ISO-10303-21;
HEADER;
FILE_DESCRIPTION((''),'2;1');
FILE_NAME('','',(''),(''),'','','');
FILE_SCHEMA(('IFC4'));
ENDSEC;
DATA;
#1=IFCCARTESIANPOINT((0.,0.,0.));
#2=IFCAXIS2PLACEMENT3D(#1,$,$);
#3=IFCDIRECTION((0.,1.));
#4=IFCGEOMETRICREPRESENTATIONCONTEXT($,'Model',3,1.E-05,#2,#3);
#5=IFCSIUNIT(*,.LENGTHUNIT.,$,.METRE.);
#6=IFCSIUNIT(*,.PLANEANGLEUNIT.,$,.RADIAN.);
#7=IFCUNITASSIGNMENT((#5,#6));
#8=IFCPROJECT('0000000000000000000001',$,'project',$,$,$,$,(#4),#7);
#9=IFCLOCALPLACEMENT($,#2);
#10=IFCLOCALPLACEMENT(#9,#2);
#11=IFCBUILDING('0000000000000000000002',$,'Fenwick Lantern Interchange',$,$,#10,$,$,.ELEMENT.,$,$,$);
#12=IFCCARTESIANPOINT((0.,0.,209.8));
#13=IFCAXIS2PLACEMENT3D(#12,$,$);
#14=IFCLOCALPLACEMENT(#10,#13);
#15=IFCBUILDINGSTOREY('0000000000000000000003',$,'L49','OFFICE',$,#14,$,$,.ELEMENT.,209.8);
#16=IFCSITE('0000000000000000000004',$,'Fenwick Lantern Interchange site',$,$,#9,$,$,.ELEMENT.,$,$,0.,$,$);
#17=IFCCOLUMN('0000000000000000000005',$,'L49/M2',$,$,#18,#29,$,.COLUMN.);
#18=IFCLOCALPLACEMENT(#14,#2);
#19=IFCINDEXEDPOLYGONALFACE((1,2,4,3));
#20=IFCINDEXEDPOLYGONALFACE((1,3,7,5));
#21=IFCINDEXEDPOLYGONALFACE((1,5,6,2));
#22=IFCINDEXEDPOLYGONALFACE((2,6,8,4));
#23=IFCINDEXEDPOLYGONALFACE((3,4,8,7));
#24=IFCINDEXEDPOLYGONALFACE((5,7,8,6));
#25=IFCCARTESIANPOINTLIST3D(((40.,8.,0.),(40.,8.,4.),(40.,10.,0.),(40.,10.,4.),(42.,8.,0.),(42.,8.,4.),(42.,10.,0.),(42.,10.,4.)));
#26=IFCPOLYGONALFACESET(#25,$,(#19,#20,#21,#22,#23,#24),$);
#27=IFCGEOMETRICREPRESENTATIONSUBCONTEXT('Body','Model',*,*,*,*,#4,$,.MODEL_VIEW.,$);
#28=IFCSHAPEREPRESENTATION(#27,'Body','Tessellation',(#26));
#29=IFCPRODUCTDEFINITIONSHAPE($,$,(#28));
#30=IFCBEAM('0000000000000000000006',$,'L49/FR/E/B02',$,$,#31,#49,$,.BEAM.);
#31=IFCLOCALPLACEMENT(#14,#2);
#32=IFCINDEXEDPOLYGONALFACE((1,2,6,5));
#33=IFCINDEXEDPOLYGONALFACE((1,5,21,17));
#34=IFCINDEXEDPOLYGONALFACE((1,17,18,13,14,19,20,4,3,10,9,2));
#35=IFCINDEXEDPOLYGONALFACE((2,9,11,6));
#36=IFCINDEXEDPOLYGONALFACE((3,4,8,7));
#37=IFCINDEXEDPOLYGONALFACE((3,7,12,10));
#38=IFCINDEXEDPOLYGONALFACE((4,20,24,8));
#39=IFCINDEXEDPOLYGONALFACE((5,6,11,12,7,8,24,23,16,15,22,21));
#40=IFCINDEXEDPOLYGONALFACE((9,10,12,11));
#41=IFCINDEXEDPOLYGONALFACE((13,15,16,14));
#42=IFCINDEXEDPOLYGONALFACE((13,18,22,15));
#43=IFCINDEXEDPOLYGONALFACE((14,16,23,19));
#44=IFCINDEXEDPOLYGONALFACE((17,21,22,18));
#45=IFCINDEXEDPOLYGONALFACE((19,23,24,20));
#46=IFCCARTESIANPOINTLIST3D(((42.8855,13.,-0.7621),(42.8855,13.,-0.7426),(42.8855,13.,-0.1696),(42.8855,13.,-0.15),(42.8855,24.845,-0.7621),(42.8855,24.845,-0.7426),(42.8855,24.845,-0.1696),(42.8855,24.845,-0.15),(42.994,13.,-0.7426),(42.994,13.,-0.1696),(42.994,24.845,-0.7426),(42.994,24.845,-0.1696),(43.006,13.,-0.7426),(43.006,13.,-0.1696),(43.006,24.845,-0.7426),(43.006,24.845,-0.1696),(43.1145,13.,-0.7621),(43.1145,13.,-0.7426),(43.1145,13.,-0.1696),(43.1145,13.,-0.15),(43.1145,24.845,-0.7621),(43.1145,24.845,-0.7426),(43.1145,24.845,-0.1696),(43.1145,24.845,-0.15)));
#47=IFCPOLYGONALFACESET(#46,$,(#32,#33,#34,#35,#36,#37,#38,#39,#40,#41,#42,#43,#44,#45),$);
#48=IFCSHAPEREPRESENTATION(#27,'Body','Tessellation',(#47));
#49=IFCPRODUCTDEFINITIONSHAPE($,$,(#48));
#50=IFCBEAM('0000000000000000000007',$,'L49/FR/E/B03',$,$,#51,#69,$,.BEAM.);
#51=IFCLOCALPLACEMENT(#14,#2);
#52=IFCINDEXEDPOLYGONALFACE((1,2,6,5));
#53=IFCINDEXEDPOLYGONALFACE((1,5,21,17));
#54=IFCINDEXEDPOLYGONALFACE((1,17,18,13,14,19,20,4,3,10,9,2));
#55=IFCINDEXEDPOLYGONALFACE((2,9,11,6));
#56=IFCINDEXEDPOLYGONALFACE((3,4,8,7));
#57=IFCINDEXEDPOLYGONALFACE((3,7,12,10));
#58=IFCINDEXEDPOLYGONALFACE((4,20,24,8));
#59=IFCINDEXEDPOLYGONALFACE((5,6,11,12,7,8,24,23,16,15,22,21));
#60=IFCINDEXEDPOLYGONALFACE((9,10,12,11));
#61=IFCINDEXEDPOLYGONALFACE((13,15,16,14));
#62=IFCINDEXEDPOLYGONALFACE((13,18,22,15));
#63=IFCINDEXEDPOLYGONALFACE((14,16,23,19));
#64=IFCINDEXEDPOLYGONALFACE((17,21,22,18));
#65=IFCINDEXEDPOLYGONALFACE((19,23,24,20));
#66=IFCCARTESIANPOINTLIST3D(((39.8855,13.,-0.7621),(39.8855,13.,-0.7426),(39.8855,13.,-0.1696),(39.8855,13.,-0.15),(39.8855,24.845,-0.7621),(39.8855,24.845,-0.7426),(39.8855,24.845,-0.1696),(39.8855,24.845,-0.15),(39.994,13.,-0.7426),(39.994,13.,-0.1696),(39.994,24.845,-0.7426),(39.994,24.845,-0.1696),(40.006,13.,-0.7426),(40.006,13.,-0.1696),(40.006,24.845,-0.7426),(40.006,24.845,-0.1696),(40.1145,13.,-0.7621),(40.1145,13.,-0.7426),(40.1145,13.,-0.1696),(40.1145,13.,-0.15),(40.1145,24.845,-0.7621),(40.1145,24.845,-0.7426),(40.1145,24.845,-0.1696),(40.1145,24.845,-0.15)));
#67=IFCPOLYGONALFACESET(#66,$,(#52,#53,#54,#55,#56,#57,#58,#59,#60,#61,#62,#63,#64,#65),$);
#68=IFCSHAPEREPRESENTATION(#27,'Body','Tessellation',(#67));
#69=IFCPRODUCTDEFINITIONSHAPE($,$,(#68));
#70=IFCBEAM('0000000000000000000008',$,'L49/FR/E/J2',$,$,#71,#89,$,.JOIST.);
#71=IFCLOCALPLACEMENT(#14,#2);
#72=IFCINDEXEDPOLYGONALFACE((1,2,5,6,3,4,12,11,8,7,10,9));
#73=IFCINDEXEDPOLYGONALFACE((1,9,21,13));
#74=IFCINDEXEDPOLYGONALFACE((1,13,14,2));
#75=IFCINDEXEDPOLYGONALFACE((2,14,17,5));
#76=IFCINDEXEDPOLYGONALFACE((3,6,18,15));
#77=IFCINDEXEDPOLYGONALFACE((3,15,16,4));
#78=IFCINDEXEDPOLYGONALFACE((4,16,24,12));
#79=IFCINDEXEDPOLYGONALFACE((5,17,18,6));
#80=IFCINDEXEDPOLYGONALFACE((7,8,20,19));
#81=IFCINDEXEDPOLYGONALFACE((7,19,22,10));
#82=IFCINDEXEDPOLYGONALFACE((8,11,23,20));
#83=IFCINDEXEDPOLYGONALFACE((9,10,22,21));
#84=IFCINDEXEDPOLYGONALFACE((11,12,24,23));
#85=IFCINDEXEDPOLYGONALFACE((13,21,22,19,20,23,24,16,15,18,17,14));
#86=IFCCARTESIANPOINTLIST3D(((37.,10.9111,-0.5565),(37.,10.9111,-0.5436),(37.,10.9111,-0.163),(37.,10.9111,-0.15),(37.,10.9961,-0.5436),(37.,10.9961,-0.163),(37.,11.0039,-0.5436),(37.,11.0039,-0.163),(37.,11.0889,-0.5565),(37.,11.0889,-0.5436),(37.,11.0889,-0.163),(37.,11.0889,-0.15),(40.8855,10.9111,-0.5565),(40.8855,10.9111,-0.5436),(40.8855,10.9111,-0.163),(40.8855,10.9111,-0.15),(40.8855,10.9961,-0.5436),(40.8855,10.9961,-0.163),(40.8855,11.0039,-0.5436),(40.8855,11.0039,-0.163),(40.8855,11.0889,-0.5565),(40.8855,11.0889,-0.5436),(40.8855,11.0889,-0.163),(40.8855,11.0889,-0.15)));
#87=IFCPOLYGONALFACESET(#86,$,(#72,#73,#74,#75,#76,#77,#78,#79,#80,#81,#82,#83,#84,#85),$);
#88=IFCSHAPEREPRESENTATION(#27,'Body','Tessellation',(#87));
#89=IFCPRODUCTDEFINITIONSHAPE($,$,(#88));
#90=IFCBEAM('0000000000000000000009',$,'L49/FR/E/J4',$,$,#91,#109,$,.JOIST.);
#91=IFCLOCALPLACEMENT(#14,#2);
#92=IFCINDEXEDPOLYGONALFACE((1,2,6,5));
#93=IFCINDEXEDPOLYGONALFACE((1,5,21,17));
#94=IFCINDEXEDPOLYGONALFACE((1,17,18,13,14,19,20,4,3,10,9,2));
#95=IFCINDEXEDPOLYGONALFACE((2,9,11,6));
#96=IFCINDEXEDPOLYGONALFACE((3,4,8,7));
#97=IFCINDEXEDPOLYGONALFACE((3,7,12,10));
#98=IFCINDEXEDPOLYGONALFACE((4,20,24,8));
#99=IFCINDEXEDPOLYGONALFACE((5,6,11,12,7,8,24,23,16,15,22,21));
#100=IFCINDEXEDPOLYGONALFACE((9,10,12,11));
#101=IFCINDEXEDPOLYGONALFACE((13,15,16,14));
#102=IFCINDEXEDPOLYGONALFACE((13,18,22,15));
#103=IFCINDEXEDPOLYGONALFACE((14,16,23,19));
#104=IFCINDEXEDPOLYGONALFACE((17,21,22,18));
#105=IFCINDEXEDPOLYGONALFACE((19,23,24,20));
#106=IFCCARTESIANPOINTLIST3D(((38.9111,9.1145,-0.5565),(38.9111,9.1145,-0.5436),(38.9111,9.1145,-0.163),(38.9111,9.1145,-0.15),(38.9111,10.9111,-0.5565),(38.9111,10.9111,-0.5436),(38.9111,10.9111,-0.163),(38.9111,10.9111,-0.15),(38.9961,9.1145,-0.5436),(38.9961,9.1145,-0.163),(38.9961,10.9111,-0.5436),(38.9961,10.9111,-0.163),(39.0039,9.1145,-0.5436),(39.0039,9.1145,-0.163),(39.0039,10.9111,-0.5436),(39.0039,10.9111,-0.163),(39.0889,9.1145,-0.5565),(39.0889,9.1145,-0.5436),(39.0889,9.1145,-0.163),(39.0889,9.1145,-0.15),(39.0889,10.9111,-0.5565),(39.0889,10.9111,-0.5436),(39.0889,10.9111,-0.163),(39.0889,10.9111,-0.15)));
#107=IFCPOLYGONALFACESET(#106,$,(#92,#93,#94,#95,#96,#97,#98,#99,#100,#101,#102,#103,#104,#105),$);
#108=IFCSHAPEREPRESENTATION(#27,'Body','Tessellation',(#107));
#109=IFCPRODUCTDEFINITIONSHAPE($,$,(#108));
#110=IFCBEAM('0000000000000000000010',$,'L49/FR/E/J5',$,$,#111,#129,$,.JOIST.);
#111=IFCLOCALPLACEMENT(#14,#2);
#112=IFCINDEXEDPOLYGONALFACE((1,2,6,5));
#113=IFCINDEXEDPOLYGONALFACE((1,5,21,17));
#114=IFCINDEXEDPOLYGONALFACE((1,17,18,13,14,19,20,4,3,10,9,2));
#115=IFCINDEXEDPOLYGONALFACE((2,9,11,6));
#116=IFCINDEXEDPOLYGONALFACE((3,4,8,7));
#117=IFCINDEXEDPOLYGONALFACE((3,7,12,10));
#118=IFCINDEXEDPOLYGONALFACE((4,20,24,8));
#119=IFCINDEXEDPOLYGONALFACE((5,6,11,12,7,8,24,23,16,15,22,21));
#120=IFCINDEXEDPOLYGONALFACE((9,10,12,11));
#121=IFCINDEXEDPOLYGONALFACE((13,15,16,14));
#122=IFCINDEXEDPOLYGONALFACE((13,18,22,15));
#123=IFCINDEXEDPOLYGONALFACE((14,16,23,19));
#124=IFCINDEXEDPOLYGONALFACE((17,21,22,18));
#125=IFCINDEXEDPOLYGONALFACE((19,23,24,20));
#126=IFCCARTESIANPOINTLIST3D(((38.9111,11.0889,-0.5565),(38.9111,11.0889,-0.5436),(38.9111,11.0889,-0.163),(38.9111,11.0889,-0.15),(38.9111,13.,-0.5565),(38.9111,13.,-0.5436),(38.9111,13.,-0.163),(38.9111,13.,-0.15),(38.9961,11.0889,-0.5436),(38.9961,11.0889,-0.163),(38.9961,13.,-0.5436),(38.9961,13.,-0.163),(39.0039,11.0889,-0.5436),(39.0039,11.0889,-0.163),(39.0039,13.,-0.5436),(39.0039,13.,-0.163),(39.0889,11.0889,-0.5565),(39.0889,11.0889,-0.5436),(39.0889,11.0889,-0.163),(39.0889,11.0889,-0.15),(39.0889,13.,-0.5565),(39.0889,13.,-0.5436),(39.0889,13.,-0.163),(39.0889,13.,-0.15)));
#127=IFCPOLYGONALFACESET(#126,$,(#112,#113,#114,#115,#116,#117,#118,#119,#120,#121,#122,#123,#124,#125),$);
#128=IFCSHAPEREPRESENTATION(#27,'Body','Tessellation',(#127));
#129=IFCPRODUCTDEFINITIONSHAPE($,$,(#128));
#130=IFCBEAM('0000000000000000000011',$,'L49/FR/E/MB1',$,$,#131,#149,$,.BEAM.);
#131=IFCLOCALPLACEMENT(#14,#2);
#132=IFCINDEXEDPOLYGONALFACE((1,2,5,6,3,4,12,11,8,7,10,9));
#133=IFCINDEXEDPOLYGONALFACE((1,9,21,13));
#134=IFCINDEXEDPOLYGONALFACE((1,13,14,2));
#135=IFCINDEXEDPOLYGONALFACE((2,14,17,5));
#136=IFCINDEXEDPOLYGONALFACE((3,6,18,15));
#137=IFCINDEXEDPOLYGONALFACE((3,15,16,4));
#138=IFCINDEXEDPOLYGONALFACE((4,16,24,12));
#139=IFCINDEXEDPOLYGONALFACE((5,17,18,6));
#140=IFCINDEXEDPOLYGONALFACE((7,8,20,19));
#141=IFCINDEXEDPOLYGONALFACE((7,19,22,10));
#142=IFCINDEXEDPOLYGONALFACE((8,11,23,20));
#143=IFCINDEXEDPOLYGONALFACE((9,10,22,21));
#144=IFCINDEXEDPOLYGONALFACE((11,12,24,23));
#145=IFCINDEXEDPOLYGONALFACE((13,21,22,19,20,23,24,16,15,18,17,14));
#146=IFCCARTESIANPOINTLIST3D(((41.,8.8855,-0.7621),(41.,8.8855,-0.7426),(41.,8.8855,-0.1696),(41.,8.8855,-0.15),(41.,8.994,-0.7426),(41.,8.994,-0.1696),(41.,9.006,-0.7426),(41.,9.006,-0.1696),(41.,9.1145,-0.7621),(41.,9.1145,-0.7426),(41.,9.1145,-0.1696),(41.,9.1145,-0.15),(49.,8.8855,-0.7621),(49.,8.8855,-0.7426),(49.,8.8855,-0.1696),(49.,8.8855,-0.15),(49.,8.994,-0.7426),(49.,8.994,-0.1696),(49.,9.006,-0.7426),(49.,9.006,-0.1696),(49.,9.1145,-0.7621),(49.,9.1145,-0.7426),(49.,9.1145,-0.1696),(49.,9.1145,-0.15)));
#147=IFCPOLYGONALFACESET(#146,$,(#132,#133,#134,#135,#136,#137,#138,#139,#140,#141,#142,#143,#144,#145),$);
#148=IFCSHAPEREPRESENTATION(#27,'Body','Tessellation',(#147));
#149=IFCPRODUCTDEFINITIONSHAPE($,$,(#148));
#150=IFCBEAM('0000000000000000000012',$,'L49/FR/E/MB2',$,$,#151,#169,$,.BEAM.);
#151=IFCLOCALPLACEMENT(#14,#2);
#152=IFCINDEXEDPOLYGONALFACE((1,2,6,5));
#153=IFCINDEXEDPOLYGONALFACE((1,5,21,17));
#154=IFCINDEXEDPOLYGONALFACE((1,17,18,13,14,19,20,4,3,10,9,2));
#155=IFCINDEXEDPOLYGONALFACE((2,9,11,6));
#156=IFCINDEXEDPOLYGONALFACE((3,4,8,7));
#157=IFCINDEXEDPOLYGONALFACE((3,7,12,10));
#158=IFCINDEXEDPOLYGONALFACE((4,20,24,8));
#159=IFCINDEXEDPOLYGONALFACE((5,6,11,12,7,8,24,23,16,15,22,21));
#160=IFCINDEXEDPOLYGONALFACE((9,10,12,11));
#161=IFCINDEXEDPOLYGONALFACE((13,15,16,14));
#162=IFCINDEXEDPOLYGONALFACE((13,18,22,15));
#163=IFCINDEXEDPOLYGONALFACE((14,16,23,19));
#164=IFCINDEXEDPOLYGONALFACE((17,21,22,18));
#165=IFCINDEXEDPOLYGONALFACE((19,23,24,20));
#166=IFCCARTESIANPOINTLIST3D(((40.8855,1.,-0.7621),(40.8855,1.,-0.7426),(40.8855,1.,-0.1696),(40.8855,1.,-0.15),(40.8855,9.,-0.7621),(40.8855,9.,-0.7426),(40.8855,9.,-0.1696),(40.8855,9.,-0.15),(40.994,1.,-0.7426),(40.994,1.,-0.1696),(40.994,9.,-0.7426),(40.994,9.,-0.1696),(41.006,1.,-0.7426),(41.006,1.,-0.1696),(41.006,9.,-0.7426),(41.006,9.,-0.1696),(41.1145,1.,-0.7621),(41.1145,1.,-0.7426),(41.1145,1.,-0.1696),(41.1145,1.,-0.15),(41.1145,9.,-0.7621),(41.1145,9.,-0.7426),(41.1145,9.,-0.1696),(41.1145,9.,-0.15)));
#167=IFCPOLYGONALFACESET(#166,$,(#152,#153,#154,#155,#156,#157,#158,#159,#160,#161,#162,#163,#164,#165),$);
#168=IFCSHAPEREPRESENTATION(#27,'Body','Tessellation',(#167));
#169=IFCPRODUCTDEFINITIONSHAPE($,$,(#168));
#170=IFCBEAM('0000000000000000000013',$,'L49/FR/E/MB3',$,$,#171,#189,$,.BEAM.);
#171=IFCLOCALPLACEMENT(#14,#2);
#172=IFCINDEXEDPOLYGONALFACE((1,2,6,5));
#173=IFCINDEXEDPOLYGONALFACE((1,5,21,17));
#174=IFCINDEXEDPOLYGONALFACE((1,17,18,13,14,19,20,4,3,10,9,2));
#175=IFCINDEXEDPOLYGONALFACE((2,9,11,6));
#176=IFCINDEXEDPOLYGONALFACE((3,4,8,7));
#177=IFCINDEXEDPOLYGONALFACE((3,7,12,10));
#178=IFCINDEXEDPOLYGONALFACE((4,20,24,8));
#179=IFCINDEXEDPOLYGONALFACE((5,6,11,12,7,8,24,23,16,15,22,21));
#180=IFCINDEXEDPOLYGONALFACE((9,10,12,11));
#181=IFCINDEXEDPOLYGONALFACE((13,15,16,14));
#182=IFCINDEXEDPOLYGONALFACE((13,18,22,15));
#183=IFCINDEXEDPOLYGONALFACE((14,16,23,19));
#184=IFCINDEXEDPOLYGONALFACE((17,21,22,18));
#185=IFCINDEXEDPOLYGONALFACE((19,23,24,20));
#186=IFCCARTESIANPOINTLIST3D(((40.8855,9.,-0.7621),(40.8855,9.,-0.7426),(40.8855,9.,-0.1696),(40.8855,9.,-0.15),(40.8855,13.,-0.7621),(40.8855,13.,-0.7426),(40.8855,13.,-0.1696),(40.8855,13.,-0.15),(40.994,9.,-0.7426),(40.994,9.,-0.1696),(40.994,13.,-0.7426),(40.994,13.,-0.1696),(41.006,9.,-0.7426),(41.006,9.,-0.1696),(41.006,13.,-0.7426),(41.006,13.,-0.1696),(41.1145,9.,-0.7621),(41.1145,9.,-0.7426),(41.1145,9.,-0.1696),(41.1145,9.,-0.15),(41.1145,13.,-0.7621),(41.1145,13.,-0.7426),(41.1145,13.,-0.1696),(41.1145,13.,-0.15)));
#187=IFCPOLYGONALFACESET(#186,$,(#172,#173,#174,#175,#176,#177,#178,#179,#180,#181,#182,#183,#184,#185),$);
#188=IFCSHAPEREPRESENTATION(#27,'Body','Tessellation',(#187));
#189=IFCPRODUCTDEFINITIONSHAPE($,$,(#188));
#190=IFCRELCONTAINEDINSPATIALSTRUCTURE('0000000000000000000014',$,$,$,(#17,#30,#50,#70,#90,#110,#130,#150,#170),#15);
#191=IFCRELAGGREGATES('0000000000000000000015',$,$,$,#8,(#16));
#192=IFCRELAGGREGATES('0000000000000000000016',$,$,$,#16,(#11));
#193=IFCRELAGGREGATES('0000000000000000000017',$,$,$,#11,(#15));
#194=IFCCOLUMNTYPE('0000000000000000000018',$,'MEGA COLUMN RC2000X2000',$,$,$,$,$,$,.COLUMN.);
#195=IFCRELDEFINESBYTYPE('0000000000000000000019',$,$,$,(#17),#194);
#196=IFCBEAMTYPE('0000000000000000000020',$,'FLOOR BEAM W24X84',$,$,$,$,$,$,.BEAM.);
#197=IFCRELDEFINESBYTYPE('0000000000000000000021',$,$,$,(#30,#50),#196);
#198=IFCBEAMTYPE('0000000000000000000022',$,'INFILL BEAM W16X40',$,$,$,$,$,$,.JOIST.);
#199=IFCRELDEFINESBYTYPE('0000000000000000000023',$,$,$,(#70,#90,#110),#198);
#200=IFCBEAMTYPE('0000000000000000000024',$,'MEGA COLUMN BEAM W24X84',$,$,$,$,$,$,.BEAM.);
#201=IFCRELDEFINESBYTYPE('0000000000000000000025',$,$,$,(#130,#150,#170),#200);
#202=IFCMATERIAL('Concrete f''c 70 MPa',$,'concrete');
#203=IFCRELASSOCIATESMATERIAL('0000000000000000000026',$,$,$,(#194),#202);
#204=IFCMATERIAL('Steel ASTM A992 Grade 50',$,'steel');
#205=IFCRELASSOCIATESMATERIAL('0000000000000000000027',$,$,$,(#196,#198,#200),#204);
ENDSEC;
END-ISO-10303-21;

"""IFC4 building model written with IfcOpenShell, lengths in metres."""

from ifc_helpers import new_model, si_unit, direction, frame, origin, origin_2d, place, context, subcontext, project, spatial, rectangle, i_section, extrude, material, material_profile, profile_set, type_object, element, save


model = new_model("IFC4")

# Units and contexts
model_context = context("Model", 3, precision=1e-05, world=origin(), true_north=direction((0.0, 1.0)))
body_context = subcontext(model_context, "Body", "Model", "MODEL_VIEW")
ifc_project = project(units=[si_unit("LENGTHUNIT", "METRE"), si_unit("PLANEANGLEUNIT", "RADIAN")], contexts=[model_context])

# Site, building, storey
site_placement = place(None, origin())
site = spatial("IfcSite", under=ifc_project, at=site_placement, Name="Fenwick Lantern Interchange site", CompositionType="ELEMENT", RefElevation=0.0)
building_placement = place(site_placement, origin())
building = spatial("IfcBuilding", under=site, at=building_placement, Name="Fenwick Lantern Interchange", CompositionType="ELEMENT")
storey_placement = place(building_placement, frame((0.0, 0.0, 209.8)))
storey = spatial("IfcBuildingStorey", under=building, at=storey_placement, Name="L49", Description="OFFICE", CompositionType="ELEMENT", Elevation=209.8)

# Column
ifc_material_1 = material(Name="Concrete f'c 70 MPa", Category="concrete")
ifc_material_profile_1 = material_profile(ifc_material_1, rectangle(XDim=2.0, YDim=2.0, at=origin_2d()), Name="RC2000X2000")
ifc_profile_set_1 = profile_set([ifc_material_profile_1], Name="Concrete f'c 70 MPa")
column_type = type_object("IfcColumnType", Name="MEGA COLUMN RC2000X2000", PredefinedType="COLUMN", material=ifc_profile_set_1)
column_placement = place(storey_placement, frame((41.0, 9.0, 0.0), z_axis=(0.0, 0.0, 1.0), x_axis=(1.0, 0.0, 0.0)))
element("IfcColumn", 1, at=column_placement, inside=storey, type_object=column_type, Name="L49/M2", PredefinedType="COLUMN", context=body_context, shape_type="SweptSolid", body=[
    extrude(rectangle(XDim=2.0, YDim=2.0, at=origin_2d()), origin(), (0.0, 0.0, 1.0), 4.0),
])

# Beams
ifc_material_2 = material(Name="Steel ASTM A992 Grade 50", Category="steel")
ifc_material_profile_2 = material_profile(ifc_material_2, i_section(OverallWidth=0.229, OverallDepth=0.6121, WebThickness=0.012, FlangeThickness=0.0195, at=origin_2d()), Name="W24X84")
ifc_profile_set_2 = profile_set([ifc_material_profile_2], Name="Steel ASTM A992 Grade 50")
beam_type_1 = type_object("IfcBeamType", Name="FLOOR BEAM W24X84", PredefinedType="BEAM", material=ifc_profile_set_2)
for number, where, z_axis, x_axis, name in (
    (2, (43.0, 13.0, -0.4561), (0.0, 1.0, 0.0), (-1.0, 0.0, 0.0), "L49/FR/E/B02"),
    (3, (40.0, 13.0, -0.4561), (0.0, 1.0, 0.0), (-1.0, 0.0, 0.0), "L49/FR/E/B03"),
):
    element("IfcBeam", number, at=place(storey_placement, frame(where, z_axis=z_axis, x_axis=x_axis)), inside=storey, type_object=beam_type_1, Name=name, PredefinedType="BEAM", context=body_context, shape_type="SweptSolid", body=[
        extrude(i_section(OverallWidth=0.229, OverallDepth=0.6121, WebThickness=0.012, FlangeThickness=0.0195, at=origin_2d()), origin(), (0.0, 0.0, 1.0), 11.845),
    ])
ifc_material_profile_3 = material_profile(ifc_material_2, i_section(OverallWidth=0.1777, OverallDepth=0.4065, WebThickness=0.0078, FlangeThickness=0.0129, at=origin_2d()), Name="W16X40")
ifc_profile_set_3 = profile_set([ifc_material_profile_3], Name="Steel ASTM A992 Grade 50")
beam_type_2 = type_object("IfcBeamType", Name="INFILL BEAM W16X40", PredefinedType="JOIST", material=ifc_profile_set_3)
beam_1_placement = place(storey_placement, frame((40.8855, 11.0, -0.3533), z_axis=(-1.0, 0.0, 0.0), x_axis=(0.0, -1.0, 0.0)))
element("IfcBeam", 4, at=beam_1_placement, inside=storey, type_object=beam_type_2, Name="L49/FR/E/J2", PredefinedType="JOIST", context=body_context, shape_type="SweptSolid", body=[
    extrude(i_section(OverallWidth=0.1777, OverallDepth=0.4065, WebThickness=0.0078, FlangeThickness=0.0129, at=origin_2d()), origin(), (0.0, 0.0, 1.0), 3.8855),
])
beam_2_placement = place(storey_placement, frame((39.0, 9.1145, -0.3533), z_axis=(0.0, 1.0, 0.0), x_axis=(-1.0, 0.0, 0.0)))
element("IfcBeam", 5, at=beam_2_placement, inside=storey, type_object=beam_type_2, Name="L49/FR/E/J4", PredefinedType="JOIST", context=body_context, shape_type="SweptSolid", body=[
    extrude(i_section(OverallWidth=0.1777, OverallDepth=0.4065, WebThickness=0.0078, FlangeThickness=0.0129, at=origin_2d()), origin(), (0.0, 0.0, 1.0), 1.7966),
])
beam_3_placement = place(storey_placement, frame((39.0, 11.0889, -0.3533), z_axis=(0.0, 1.0, 0.0), x_axis=(-1.0, 0.0, 0.0)))
element("IfcBeam", 6, at=beam_3_placement, inside=storey, type_object=beam_type_2, Name="L49/FR/E/J5", PredefinedType="JOIST", context=body_context, shape_type="SweptSolid", body=[
    extrude(i_section(OverallWidth=0.1777, OverallDepth=0.4065, WebThickness=0.0078, FlangeThickness=0.0129, at=origin_2d()), origin(), (0.0, 0.0, 1.0), 1.9111),
])
ifc_material_profile_4 = material_profile(ifc_material_2, i_section(OverallWidth=0.229, OverallDepth=0.6121, WebThickness=0.012, FlangeThickness=0.0195, at=origin_2d()), Name="W24X84")
ifc_profile_set_4 = profile_set([ifc_material_profile_4], Name="Steel ASTM A992 Grade 50")
beam_type_3 = type_object("IfcBeamType", Name="MEGA COLUMN BEAM W24X84", PredefinedType="BEAM", material=ifc_profile_set_4)
for number, where, z_axis, x_axis, name in (
    (7, (41.0, 9.0, -0.4561), (1.0, 0.0, 0.0), (0.0, 1.0, 0.0), "L49/FR/E/MB1"),
    (8, (41.0, 9.0, -0.4561), (0.0, -1.0, 0.0), (1.0, 0.0, 0.0), "L49/FR/E/MB2"),
):
    element("IfcBeam", number, at=place(storey_placement, frame(where, z_axis=z_axis, x_axis=x_axis)), inside=storey, type_object=beam_type_3, Name=name, PredefinedType="BEAM", context=body_context, shape_type="SweptSolid", body=[
        extrude(i_section(OverallWidth=0.229, OverallDepth=0.6121, WebThickness=0.012, FlangeThickness=0.0195, at=origin_2d()), origin(), (0.0, 0.0, 1.0), 8.0),
    ])
for number, where, z_axis, x_axis, name in (
    (9, (41.0, 9.0, -0.4561), (0.0, 1.0, 0.0), (-1.0, 0.0, 0.0), "L49/FR/E/MB3"),
):
    element("IfcBeam", number, at=place(storey_placement, frame(where, z_axis=z_axis, x_axis=x_axis)), inside=storey, type_object=beam_type_3, Name=name, PredefinedType="BEAM", context=body_context, shape_type="SweptSolid", body=[
        extrude(i_section(OverallWidth=0.229, OverallDepth=0.6121, WebThickness=0.012, FlangeThickness=0.0195, at=origin_2d()), origin(), (0.0, 0.0, 1.0), 4.0),
    ])

save(model, "model.ifc")
